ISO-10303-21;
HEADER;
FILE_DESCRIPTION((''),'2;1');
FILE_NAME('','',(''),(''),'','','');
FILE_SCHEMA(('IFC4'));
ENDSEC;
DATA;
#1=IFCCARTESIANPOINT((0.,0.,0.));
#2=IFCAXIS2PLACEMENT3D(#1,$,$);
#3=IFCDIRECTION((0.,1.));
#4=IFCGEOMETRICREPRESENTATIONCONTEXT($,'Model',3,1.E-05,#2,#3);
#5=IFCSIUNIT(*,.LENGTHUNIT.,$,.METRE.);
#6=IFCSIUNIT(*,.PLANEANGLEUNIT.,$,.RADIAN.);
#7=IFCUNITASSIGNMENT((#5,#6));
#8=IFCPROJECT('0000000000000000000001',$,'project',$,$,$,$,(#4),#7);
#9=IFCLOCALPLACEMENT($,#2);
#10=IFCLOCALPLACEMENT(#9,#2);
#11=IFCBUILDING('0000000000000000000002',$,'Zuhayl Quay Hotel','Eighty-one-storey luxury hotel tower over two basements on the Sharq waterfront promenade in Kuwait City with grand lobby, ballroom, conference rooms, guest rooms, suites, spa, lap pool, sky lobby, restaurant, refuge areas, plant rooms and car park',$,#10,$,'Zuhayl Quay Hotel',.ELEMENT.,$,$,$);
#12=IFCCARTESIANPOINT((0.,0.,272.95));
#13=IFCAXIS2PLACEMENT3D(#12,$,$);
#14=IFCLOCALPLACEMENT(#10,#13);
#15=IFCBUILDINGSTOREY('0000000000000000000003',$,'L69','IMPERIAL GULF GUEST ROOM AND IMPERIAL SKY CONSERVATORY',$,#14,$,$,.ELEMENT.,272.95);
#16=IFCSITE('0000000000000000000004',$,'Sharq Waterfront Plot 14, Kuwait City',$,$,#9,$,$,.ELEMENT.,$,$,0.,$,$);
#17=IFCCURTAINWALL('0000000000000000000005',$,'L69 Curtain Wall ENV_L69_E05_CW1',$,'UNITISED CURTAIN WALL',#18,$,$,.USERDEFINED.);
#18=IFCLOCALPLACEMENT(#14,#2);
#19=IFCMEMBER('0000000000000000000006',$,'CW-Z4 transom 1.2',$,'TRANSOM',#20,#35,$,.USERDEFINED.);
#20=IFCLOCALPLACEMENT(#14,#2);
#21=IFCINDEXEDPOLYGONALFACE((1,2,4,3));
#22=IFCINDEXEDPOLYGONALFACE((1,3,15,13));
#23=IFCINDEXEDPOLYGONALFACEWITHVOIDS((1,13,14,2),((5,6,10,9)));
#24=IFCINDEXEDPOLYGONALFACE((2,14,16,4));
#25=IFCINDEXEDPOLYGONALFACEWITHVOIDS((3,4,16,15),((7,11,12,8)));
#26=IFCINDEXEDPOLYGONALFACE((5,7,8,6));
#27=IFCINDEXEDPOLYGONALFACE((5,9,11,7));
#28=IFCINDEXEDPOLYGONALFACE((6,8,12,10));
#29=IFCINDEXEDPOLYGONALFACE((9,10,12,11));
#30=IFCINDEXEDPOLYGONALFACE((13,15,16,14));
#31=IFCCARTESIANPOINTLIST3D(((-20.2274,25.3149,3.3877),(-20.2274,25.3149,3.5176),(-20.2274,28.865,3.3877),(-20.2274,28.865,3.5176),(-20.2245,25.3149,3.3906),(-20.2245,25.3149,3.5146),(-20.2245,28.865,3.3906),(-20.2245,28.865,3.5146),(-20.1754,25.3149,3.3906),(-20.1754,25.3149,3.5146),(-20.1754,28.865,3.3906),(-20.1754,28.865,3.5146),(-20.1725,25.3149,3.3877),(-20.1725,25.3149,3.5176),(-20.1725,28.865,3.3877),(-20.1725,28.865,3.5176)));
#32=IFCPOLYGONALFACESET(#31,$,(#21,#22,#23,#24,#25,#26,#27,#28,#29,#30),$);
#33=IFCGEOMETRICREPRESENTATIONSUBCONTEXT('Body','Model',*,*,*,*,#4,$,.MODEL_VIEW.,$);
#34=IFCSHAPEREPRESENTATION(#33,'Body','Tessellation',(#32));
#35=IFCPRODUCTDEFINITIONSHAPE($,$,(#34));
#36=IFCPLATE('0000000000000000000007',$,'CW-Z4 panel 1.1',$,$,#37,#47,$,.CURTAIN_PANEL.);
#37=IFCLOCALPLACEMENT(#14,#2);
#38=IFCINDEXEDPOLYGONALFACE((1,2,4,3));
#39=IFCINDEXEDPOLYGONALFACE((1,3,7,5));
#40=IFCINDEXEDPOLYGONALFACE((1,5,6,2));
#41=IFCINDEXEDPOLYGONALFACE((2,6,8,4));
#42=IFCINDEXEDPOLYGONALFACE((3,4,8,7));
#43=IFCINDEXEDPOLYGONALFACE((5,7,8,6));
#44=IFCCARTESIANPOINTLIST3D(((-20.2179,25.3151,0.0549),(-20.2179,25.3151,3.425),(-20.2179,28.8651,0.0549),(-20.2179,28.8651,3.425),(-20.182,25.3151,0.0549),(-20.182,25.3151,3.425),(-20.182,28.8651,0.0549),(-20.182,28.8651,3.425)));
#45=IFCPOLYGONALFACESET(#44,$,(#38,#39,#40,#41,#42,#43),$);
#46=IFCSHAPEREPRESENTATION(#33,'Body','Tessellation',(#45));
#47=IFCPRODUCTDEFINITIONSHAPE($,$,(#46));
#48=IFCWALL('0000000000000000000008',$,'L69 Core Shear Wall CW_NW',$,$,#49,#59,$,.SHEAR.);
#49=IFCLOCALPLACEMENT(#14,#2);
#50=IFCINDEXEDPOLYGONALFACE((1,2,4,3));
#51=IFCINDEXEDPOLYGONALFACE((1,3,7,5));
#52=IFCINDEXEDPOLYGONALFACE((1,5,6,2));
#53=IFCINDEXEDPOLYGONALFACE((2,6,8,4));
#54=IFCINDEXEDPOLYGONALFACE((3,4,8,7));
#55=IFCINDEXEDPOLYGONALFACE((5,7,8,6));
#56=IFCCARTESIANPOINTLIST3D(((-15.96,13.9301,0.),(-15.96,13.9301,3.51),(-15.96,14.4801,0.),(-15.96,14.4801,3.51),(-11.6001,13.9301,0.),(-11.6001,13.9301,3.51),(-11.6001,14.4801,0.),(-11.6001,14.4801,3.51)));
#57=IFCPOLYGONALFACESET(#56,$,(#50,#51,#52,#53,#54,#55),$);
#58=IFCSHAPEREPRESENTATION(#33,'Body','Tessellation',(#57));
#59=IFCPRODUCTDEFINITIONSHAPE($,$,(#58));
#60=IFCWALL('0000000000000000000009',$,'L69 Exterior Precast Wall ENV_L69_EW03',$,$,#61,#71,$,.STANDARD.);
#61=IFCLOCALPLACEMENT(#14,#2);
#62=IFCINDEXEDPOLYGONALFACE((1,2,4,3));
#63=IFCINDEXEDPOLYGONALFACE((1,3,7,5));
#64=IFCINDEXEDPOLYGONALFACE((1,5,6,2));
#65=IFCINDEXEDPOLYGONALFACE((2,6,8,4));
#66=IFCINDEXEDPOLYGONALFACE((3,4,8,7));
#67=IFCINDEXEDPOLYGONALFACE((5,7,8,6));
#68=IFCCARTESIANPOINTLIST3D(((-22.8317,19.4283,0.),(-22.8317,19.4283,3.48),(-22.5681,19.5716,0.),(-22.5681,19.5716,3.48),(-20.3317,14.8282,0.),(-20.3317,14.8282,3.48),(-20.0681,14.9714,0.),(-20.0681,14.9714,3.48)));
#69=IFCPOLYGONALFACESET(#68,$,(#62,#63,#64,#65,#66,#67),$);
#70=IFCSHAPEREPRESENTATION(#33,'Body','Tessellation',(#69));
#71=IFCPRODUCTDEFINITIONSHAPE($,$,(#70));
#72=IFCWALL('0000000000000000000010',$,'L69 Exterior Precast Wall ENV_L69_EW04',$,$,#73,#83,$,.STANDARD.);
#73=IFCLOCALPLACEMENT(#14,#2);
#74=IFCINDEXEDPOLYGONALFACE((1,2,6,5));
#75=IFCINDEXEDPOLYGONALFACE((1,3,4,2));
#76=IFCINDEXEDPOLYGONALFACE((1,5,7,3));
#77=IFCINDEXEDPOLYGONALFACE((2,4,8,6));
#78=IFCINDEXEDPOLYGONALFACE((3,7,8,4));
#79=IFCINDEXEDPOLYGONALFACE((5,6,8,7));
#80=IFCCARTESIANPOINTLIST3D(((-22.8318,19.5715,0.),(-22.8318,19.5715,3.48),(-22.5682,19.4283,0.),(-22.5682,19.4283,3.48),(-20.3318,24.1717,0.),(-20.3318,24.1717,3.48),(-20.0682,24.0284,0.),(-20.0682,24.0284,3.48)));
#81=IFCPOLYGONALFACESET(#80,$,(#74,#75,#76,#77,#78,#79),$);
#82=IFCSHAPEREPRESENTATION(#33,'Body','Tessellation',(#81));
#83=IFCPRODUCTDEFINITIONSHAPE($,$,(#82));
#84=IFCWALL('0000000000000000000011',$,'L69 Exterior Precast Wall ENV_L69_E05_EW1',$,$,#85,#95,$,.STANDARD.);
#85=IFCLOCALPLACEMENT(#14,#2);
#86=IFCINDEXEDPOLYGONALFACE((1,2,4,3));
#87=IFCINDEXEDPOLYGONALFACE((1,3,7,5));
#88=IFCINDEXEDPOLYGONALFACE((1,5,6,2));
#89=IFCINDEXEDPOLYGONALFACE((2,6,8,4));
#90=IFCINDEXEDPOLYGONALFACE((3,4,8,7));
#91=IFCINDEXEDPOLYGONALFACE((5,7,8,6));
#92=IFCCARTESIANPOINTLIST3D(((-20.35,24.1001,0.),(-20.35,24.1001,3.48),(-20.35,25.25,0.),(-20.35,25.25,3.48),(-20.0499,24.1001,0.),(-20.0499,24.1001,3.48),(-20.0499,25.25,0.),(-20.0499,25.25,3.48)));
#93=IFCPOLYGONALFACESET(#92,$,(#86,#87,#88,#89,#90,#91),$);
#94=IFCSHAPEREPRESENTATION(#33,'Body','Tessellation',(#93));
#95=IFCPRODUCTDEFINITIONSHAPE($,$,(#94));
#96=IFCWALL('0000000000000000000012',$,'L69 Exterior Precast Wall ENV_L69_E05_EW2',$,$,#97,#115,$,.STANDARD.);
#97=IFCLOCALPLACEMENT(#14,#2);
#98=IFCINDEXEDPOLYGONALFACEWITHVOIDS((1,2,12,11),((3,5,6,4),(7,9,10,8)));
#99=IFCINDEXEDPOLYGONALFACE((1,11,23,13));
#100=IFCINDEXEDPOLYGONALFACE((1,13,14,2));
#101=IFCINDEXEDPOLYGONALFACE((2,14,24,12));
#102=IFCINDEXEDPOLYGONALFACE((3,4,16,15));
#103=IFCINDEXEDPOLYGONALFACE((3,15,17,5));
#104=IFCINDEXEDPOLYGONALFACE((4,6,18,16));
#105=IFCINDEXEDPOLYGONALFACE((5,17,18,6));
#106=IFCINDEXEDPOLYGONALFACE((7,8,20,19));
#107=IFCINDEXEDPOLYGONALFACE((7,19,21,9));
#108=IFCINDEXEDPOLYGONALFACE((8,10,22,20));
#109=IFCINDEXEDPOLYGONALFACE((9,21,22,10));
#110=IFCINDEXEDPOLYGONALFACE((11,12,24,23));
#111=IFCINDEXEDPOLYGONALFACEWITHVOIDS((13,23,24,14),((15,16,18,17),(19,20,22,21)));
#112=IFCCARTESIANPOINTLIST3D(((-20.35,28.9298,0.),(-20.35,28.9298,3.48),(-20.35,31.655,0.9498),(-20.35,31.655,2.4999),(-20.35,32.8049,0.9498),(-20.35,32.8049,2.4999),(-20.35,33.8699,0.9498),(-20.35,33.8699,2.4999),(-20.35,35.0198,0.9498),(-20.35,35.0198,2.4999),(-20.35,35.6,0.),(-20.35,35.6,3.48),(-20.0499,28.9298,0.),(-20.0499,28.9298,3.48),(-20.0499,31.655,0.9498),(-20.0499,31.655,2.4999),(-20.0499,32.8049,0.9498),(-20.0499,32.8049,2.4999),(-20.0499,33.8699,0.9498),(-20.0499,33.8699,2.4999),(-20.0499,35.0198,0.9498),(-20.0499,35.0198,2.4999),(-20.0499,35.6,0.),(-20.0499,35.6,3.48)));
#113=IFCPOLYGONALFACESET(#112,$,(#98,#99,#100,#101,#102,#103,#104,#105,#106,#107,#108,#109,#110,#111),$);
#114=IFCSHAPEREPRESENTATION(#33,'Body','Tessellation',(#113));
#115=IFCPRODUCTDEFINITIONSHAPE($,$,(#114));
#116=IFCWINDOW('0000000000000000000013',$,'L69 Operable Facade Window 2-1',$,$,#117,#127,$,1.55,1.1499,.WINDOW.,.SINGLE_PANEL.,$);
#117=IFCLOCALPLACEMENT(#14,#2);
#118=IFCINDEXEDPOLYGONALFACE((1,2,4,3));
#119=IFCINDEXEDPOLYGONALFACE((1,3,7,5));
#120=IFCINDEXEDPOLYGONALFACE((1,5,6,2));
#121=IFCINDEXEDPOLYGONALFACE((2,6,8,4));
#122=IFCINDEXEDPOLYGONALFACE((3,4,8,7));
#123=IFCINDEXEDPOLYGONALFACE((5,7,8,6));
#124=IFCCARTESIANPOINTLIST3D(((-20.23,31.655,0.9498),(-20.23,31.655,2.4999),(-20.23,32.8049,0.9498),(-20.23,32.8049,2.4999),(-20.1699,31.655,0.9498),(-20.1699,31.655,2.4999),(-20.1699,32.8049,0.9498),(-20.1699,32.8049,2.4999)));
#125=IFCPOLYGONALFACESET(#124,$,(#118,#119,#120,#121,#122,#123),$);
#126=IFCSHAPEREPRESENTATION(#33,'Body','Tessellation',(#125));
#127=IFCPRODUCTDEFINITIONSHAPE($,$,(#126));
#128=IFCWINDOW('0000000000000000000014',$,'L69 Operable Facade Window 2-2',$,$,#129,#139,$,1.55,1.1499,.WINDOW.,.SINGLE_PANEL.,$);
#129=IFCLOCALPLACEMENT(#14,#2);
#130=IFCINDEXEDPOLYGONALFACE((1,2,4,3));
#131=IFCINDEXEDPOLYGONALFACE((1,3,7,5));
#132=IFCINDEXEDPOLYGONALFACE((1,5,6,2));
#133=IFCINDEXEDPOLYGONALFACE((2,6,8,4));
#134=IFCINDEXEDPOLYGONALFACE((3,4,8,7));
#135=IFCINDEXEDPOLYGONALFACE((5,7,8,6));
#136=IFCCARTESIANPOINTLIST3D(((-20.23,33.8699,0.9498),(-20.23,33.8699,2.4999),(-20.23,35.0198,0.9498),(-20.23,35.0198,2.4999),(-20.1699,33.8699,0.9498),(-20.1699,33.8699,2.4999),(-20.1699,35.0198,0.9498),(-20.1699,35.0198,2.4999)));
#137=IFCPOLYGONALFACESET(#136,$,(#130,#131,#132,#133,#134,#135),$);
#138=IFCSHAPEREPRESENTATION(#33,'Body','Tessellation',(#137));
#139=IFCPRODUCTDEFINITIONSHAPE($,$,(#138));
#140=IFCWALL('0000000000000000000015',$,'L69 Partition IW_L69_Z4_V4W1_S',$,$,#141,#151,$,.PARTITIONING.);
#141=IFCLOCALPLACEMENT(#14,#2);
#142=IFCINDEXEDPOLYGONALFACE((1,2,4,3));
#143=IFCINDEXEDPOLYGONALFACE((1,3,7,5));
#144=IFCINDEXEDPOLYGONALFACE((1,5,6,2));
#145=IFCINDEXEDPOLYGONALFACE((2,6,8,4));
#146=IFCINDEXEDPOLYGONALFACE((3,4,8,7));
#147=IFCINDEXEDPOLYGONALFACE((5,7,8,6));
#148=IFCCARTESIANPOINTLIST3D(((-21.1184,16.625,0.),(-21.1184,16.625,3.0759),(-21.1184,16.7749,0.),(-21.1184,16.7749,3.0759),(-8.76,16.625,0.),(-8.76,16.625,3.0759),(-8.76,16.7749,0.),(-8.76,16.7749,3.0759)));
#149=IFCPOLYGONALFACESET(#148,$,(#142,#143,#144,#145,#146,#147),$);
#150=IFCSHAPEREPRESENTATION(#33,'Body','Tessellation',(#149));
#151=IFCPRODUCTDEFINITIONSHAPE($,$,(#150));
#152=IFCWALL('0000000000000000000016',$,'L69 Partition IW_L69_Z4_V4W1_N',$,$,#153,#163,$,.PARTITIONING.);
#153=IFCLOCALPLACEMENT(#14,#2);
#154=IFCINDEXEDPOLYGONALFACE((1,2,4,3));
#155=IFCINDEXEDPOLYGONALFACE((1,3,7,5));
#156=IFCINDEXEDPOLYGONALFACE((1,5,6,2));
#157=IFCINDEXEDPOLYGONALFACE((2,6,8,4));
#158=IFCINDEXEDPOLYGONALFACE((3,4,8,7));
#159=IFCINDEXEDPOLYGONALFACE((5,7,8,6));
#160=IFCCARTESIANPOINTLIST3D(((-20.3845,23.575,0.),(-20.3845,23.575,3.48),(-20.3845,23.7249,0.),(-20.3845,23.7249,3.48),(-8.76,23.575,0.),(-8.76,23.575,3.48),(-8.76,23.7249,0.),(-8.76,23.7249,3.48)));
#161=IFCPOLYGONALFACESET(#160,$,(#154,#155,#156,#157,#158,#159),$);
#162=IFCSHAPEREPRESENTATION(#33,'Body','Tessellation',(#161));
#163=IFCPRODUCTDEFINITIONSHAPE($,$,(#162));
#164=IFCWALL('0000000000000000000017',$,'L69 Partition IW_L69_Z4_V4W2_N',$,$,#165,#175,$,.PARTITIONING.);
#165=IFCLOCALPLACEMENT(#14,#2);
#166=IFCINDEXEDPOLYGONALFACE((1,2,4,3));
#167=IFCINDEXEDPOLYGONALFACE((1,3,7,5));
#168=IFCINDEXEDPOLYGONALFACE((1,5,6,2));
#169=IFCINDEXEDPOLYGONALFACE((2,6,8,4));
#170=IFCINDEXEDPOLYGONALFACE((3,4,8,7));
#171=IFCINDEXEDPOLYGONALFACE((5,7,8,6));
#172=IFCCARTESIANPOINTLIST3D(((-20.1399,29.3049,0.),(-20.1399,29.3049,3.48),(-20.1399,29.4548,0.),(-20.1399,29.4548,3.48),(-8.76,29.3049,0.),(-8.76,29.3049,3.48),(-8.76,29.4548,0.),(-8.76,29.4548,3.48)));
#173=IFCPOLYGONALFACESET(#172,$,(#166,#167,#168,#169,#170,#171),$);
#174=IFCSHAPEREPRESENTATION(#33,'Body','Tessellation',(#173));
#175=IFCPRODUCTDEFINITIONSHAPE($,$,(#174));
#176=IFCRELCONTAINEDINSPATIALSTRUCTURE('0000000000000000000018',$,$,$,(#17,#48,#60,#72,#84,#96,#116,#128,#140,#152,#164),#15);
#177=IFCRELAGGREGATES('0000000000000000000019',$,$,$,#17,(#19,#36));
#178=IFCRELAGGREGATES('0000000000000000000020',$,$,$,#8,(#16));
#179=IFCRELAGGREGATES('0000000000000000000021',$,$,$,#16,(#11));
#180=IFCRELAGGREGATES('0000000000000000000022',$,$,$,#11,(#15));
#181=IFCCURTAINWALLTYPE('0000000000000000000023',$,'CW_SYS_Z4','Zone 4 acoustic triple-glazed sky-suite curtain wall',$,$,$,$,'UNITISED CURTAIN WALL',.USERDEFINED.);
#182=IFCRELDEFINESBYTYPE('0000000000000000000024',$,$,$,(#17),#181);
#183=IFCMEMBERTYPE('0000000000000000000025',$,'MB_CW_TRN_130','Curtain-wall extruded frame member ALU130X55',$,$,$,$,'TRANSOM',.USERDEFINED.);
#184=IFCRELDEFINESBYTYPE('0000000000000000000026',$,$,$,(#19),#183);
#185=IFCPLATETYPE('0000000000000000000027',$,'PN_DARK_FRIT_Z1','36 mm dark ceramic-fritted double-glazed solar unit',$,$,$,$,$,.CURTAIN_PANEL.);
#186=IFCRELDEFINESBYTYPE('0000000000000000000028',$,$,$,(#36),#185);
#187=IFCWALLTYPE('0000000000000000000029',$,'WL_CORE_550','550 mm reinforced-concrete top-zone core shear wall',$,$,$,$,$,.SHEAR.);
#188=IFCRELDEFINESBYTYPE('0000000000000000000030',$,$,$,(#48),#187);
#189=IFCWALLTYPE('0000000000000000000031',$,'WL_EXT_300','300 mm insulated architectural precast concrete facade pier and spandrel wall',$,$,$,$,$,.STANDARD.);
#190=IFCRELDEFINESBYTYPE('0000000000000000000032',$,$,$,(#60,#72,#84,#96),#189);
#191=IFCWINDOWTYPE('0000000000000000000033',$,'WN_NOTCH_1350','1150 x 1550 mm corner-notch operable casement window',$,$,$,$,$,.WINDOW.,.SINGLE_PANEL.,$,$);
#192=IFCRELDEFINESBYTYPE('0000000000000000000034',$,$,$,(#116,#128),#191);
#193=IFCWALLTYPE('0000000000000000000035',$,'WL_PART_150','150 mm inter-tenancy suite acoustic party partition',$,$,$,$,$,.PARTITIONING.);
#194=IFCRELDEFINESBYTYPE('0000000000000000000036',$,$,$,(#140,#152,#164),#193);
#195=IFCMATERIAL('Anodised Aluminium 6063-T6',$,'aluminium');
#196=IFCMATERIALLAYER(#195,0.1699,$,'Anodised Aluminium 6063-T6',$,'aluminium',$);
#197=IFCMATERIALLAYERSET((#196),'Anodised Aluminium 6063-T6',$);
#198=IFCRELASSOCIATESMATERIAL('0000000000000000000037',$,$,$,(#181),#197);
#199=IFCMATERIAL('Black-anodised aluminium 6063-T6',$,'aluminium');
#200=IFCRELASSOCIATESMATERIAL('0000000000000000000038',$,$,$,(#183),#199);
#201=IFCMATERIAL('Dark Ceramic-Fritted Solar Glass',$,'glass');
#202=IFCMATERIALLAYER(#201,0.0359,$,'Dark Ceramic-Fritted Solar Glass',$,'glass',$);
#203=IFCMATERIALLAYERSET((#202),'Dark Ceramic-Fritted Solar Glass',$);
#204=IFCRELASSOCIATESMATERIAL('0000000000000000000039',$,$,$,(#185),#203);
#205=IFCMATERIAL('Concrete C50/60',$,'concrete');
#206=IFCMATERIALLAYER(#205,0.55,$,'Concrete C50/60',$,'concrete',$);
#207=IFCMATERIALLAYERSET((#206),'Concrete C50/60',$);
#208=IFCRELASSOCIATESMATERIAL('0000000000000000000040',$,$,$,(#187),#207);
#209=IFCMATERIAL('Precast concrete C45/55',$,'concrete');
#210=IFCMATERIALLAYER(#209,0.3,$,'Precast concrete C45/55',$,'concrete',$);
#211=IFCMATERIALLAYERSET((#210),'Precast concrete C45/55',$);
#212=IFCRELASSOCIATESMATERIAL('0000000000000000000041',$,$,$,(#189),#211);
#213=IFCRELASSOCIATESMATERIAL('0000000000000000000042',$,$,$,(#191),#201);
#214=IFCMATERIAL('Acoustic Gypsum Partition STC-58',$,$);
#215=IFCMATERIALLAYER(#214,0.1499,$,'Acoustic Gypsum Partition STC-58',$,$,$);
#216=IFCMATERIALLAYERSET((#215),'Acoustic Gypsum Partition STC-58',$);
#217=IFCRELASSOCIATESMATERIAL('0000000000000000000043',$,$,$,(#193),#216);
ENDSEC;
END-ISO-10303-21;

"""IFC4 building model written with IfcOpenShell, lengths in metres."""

from ifc_helpers import new_model, si_unit, direction, frame, frame_2d, origin, origin_2d, place, context, subcontext, project, spatial, rectangle, hollow_rectangle, extrude, material, layer, layer_set, material_profile, profile_set, type_object, element, fill, aggregate, save


model = new_model("IFC4")

# Units and contexts
model_context = context("Model", 3, precision=1e-05, world=origin(), true_north=direction((0.0, 1.0)))
body_context = subcontext(model_context, "Body", "Model", "MODEL_VIEW")
ifc_project = project(units=[si_unit("LENGTHUNIT", "METRE"), si_unit("PLANEANGLEUNIT", "RADIAN")], contexts=[model_context])

# Site, building, storey
site_placement = place(None, origin())
site = spatial("IfcSite", under=ifc_project, at=site_placement, Name="Sharq Waterfront Plot 14, Kuwait City", CompositionType="ELEMENT", RefElevation=0.0)
building_placement = place(site_placement, origin())
building = spatial("IfcBuilding", under=site, at=building_placement, Name="Zuhayl Quay Hotel", Description="Eighty-one-storey luxury hotel tower over two basements on the Sharq waterfront promenade in Kuwait City with grand lobby, ballroom, conference rooms, guest rooms, suites, spa, lap pool, sky lobby, restaurant, refuge areas, plant rooms and car park", LongName="Zuhayl Quay Hotel", CompositionType="ELEMENT")
storey_placement = place(building_placement, frame((0.0, 0.0, 272.95)))
storey = spatial("IfcBuildingStorey", under=building, at=storey_placement, Name="L69", Description="IMPERIAL GULF GUEST ROOM AND IMPERIAL SKY CONSERVATORY", CompositionType="ELEMENT", Elevation=272.95)

# Curtain wall, member, plate
ifc_material_1 = material(Name="Anodised Aluminium 6063-T6", Category="aluminium")
ifc_layer_1 = layer(ifc_material_1, 0.1699, Name="Anodised Aluminium 6063-T6", Category="aluminium")
ifc_layer_set_1 = layer_set([ifc_layer_1], Name="Anodised Aluminium 6063-T6")
curtain_wall_type = type_object("IfcCurtainWallType", Name="CW_SYS_Z4", Description="Zone 4 acoustic triple-glazed sky-suite curtain wall", ElementType="UNITISED CURTAIN WALL", PredefinedType="USERDEFINED", material=ifc_layer_set_1)
curtain_wall_placement = place(storey_placement, origin())
curtain_wall = element("IfcCurtainWall", 1, at=curtain_wall_placement, inside=storey, type_object=curtain_wall_type, Name="L69 Curtain Wall ENV_L69_E05_CW1", ObjectType="UNITISED CURTAIN WALL", PredefinedType="USERDEFINED")
ifc_material_2 = material(Name="Black-anodised aluminium 6063-T6", Category="aluminium")
ifc_material_profile_1 = material_profile(ifc_material_2, hollow_rectangle(XDim=0.0549, YDim=0.1299, WallThickness=0.0029, at=origin_2d()), Name="ALU130X55")
ifc_profile_set_1 = profile_set([ifc_material_profile_1], Name="Black-anodised aluminium 6063-T6")
member_type_1 = type_object("IfcMemberType", Name="MB_CW_TRN_130", Description="Curtain-wall extruded frame member ALU130X55", ElementType="TRANSOM", PredefinedType="USERDEFINED", material=ifc_profile_set_1)
member_1_placement = place(storey_placement, frame((-20.2, 25.3149, 3.4526), z_axis=(0.0, 1.0, 0.0), x_axis=(-1.0, 0.0, 0.0)))
member_1 = element("IfcMember", 2, at=member_1_placement, type_object=member_type_1, Name="CW-Z4 transom 1.2", ObjectType="TRANSOM", PredefinedType="USERDEFINED", context=body_context, shape_type="SweptSolid", body=[
    extrude(hollow_rectangle(XDim=0.0549, YDim=0.1299, WallThickness=0.0029, at=origin_2d()), origin(), (0.0, 0.0, 1.0), 3.55),
])
ifc_material_3 = material(Name="Dark Ceramic-Fritted Solar Glass", Category="glass")
ifc_layer_2 = layer(ifc_material_3, 0.0359, Name="Dark Ceramic-Fritted Solar Glass", Category="glass")
ifc_layer_set_2 = layer_set([ifc_layer_2], Name="Dark Ceramic-Fritted Solar Glass")
plate_type = type_object("IfcPlateType", Name="PN_DARK_FRIT_Z1", Description="36 mm dark ceramic-fritted double-glazed solar unit", PredefinedType="CURTAIN_PANEL", material=ifc_layer_set_2)
plate_placement = place(storey_placement, frame((-20.2, 27.0901, 0.0549), z_axis=(0.0, 0.0, 1.0), x_axis=(0.0, 1.0, 0.0)))
plate = element("IfcPlate", 3, at=plate_placement, type_object=plate_type, Name="CW-Z4 panel 1.1", PredefinedType="CURTAIN_PANEL", context=body_context, shape_type="SweptSolid", body=[
    extrude(rectangle(XDim=3.55, YDim=0.0359, at=origin_2d()), origin(), (0.0, 0.0, 1.0), 3.3701),
])
aggregate(curtain_wall, [member_1, plate])

# Walls
ifc_material_4 = material(Name="Concrete C50/60", Category="concrete")
ifc_layer_3 = layer(ifc_material_4, 0.55, Name="Concrete C50/60", Category="concrete")
ifc_layer_set_3 = layer_set([ifc_layer_3], Name="Concrete C50/60")
wall_type_1 = type_object("IfcWallType", Name="WL_CORE_550", Description="550 mm reinforced-concrete top-zone core shear wall", PredefinedType="SHEAR", material=ifc_layer_set_3)
wall_1_placement = place(storey_placement, frame((-15.96, 14.2051, 0.0), z_axis=(0.0, 0.0, 1.0), x_axis=(1.0, 0.0, 0.0)))
element("IfcWall", 4, at=wall_1_placement, inside=storey, type_object=wall_type_1, Name="L69 Core Shear Wall CW_NW", PredefinedType="SHEAR", context=body_context, shape_type="SweptSolid", body=[
    extrude(rectangle(XDim=4.3599, YDim=0.55, at=frame_2d((2.1799, 0.0))), origin(), (0.0, 0.0, 1.0), 3.51),
])
ifc_material_5 = material(Name="Precast concrete C45/55", Category="concrete")
ifc_layer_4 = layer(ifc_material_5, 0.3, Name="Precast concrete C45/55", Category="concrete")
ifc_layer_set_4 = layer_set([ifc_layer_4], Name="Precast concrete C45/55")
wall_type_2 = type_object("IfcWallType", Name="WL_EXT_300", Description="300 mm insulated architectural precast concrete facade pier and spandrel wall", PredefinedType="STANDARD", material=ifc_layer_set_4)
for number, where, z_axis, x_axis, name in (
    (5, (-20.2, 14.8999, 0.0), (0.0, 0.0, 1.0), (-0.477505, 0.878629, 0.0), "L69 Exterior Precast Wall ENV_L69_EW03"),
    (6, (-22.7, 19.5, 0.0), (0.0, 0.0, 1.0), (0.477505, 0.878629, 0.0), "L69 Exterior Precast Wall ENV_L69_EW04"),
):
    element("IfcWall", number, at=place(storey_placement, frame(where, z_axis=z_axis, x_axis=x_axis)), inside=storey, type_object=wall_type_2, Name=name, PredefinedType="STANDARD", context=body_context, shape_type="SweptSolid", body=[
        extrude(rectangle(XDim=5.2356, YDim=0.3, at=frame_2d((2.6177, 0.0))), origin(), (0.0, 0.0, 1.0), 3.48),
    ])
wall_2_placement = place(storey_placement, frame((-20.2, 24.1001, 0.0), z_axis=(0.0, 0.0, 1.0), x_axis=(0.0, 1.0, 0.0)))
element("IfcWall", 7, at=wall_2_placement, inside=storey, type_object=wall_type_2, Name="L69 Exterior Precast Wall ENV_L69_E05_EW1", PredefinedType="STANDARD", context=body_context, shape_type="SweptSolid", body=[
    extrude(rectangle(XDim=1.1499, YDim=0.3, at=frame_2d((0.575, 0.0))), origin(), (0.0, 0.0, 1.0), 3.48),
])

# Wall, openings, windows
wall_3_placement = place(storey_placement, frame((-20.2, 28.9299, 0.0), z_axis=(0.0, 0.0, 1.0), x_axis=(0.0, 1.0, 0.0)))
wall_3 = element("IfcWall", 8, at=wall_3_placement, inside=storey, type_object=wall_type_2, Name="L69 Exterior Precast Wall ENV_L69_E05_EW2", PredefinedType="STANDARD", context=body_context, shape_type="SweptSolid", body=[
    extrude(rectangle(XDim=6.6702, YDim=0.3, at=frame_2d((3.335, 0.0))), origin(), (0.0, 0.0, 1.0), 3.48),
])
opening_1_placement = place(wall_3_placement, frame((2.7251, 0.0, 0.95)))
opening_1 = element("IfcOpeningElement", 9, at=opening_1_placement, cuts=wall_3, PredefinedType="OPENING", context=body_context, shape_type="SweptSolid", body=[
    extrude(rectangle(XDim=1.1499, YDim=1.55, at=frame_2d((0.575, 0.7749))), frame((0.0, 0.1599, 0.0), z_axis=(0.0, -1.0, 0.0), x_axis=(1.0, 0.0, 0.0)), (0.0, 0.0, 1.0), 0.3201),
])
opening_2_placement = place(wall_3_placement, frame((4.9399, 0.0, 0.95)))
opening_2 = element("IfcOpeningElement", 10, at=opening_2_placement, cuts=wall_3, PredefinedType="OPENING", context=body_context, shape_type="SweptSolid", body=[
    extrude(rectangle(XDim=1.1499, YDim=1.55, at=frame_2d((0.575, 0.7749))), frame((0.0, 0.1599, 0.0), z_axis=(0.0, -1.0, 0.0), x_axis=(1.0, 0.0, 0.0)), (0.0, 0.0, 1.0), 0.3201),
])
window_type = type_object("IfcWindowType", Name="WN_NOTCH_1350", Description="1150 x 1550 mm corner-notch operable casement window", PartitioningType="SINGLE_PANEL", PredefinedType="WINDOW", material=ifc_material_3)
window_1_placement = place(opening_1_placement, origin())
window_1 = element("IfcWindow", 11, at=window_1_placement, inside=storey, type_object=window_type, Name="L69 Operable Facade Window 2-1", OverallHeight=1.55, OverallWidth=1.1499, PartitioningType="SINGLE_PANEL", PredefinedType="WINDOW", context=body_context, shape_type="SweptSolid", body=[
    extrude(rectangle(XDim=1.1499, YDim=1.55, at=frame_2d((0.575, 0.7749))), frame((0.0, 0.03, 0.0), z_axis=(0.0, -1.0, 0.0), x_axis=(1.0, 0.0, 0.0)), (0.0, 0.0, 1.0), 0.0601),
])
fill(opening_1, window_1)
window_2_placement = place(opening_2_placement, origin())
window_2 = element("IfcWindow", 12, at=window_2_placement, inside=storey, type_object=window_type, Name="L69 Operable Facade Window 2-2", OverallHeight=1.55, OverallWidth=1.1499, PartitioningType="SINGLE_PANEL", PredefinedType="WINDOW", context=body_context, shape_type="SweptSolid", body=[
    extrude(rectangle(XDim=1.1499, YDim=1.55, at=frame_2d((0.575, 0.7749))), frame((0.0, 0.03, 0.0), z_axis=(0.0, -1.0, 0.0), x_axis=(1.0, 0.0, 0.0)), (0.0, 0.0, 1.0), 0.0601),
])
fill(opening_2, window_2)

# Walls
ifc_material_6 = material(Name="Acoustic Gypsum Partition STC-58")
ifc_layer_5 = layer(ifc_material_6, 0.1499, Name="Acoustic Gypsum Partition STC-58")
ifc_layer_set_5 = layer_set([ifc_layer_5], Name="Acoustic Gypsum Partition STC-58")
wall_type_3 = type_object("IfcWallType", Name="WL_PART_150", Description="150 mm inter-tenancy suite acoustic party partition", PredefinedType="PARTITIONING", material=ifc_layer_set_5)
wall_4_placement = place(storey_placement, frame((-21.1184, 16.7, 0.0), z_axis=(0.0, 0.0, 1.0), x_axis=(1.0, 0.0, 0.0)))
element("IfcWall", 13, at=wall_4_placement, inside=storey, type_object=wall_type_3, Name="L69 Partition IW_L69_Z4_V4W1_S", PredefinedType="PARTITIONING", context=body_context, shape_type="SweptSolid", body=[
    extrude(rectangle(XDim=12.3584, YDim=0.1499, at=frame_2d((6.1792, 0.0))), origin(), (0.0, 0.0, 1.0), 3.0759),
])
wall_5_placement = place(storey_placement, frame((-20.3845, 23.6499, 0.0), z_axis=(0.0, 0.0, 1.0), x_axis=(1.0, 0.0, 0.0)))
element("IfcWall", 14, at=wall_5_placement, inside=storey, type_object=wall_type_3, Name="L69 Partition IW_L69_Z4_V4W1_N", PredefinedType="PARTITIONING", context=body_context, shape_type="SweptSolid", body=[
    extrude(rectangle(XDim=11.6245, YDim=0.1499, at=frame_2d((5.8123, 0.0))), origin(), (0.0, 0.0, 1.0), 3.48),
])
wall_6_placement = place(storey_placement, frame((-20.1399, 29.3799, 0.0), z_axis=(0.0, 0.0, 1.0), x_axis=(1.0, 0.0, 0.0)))
element("IfcWall", 15, at=wall_6_placement, inside=storey, type_object=wall_type_3, Name="L69 Partition IW_L69_Z4_V4W2_N", PredefinedType="PARTITIONING", context=body_context, shape_type="SweptSolid", body=[
    extrude(rectangle(XDim=11.3799, YDim=0.1499, at=frame_2d((5.6899, 0.0))), origin(), (0.0, 0.0, 1.0), 3.48),
])

save(model, "model.ifc")
